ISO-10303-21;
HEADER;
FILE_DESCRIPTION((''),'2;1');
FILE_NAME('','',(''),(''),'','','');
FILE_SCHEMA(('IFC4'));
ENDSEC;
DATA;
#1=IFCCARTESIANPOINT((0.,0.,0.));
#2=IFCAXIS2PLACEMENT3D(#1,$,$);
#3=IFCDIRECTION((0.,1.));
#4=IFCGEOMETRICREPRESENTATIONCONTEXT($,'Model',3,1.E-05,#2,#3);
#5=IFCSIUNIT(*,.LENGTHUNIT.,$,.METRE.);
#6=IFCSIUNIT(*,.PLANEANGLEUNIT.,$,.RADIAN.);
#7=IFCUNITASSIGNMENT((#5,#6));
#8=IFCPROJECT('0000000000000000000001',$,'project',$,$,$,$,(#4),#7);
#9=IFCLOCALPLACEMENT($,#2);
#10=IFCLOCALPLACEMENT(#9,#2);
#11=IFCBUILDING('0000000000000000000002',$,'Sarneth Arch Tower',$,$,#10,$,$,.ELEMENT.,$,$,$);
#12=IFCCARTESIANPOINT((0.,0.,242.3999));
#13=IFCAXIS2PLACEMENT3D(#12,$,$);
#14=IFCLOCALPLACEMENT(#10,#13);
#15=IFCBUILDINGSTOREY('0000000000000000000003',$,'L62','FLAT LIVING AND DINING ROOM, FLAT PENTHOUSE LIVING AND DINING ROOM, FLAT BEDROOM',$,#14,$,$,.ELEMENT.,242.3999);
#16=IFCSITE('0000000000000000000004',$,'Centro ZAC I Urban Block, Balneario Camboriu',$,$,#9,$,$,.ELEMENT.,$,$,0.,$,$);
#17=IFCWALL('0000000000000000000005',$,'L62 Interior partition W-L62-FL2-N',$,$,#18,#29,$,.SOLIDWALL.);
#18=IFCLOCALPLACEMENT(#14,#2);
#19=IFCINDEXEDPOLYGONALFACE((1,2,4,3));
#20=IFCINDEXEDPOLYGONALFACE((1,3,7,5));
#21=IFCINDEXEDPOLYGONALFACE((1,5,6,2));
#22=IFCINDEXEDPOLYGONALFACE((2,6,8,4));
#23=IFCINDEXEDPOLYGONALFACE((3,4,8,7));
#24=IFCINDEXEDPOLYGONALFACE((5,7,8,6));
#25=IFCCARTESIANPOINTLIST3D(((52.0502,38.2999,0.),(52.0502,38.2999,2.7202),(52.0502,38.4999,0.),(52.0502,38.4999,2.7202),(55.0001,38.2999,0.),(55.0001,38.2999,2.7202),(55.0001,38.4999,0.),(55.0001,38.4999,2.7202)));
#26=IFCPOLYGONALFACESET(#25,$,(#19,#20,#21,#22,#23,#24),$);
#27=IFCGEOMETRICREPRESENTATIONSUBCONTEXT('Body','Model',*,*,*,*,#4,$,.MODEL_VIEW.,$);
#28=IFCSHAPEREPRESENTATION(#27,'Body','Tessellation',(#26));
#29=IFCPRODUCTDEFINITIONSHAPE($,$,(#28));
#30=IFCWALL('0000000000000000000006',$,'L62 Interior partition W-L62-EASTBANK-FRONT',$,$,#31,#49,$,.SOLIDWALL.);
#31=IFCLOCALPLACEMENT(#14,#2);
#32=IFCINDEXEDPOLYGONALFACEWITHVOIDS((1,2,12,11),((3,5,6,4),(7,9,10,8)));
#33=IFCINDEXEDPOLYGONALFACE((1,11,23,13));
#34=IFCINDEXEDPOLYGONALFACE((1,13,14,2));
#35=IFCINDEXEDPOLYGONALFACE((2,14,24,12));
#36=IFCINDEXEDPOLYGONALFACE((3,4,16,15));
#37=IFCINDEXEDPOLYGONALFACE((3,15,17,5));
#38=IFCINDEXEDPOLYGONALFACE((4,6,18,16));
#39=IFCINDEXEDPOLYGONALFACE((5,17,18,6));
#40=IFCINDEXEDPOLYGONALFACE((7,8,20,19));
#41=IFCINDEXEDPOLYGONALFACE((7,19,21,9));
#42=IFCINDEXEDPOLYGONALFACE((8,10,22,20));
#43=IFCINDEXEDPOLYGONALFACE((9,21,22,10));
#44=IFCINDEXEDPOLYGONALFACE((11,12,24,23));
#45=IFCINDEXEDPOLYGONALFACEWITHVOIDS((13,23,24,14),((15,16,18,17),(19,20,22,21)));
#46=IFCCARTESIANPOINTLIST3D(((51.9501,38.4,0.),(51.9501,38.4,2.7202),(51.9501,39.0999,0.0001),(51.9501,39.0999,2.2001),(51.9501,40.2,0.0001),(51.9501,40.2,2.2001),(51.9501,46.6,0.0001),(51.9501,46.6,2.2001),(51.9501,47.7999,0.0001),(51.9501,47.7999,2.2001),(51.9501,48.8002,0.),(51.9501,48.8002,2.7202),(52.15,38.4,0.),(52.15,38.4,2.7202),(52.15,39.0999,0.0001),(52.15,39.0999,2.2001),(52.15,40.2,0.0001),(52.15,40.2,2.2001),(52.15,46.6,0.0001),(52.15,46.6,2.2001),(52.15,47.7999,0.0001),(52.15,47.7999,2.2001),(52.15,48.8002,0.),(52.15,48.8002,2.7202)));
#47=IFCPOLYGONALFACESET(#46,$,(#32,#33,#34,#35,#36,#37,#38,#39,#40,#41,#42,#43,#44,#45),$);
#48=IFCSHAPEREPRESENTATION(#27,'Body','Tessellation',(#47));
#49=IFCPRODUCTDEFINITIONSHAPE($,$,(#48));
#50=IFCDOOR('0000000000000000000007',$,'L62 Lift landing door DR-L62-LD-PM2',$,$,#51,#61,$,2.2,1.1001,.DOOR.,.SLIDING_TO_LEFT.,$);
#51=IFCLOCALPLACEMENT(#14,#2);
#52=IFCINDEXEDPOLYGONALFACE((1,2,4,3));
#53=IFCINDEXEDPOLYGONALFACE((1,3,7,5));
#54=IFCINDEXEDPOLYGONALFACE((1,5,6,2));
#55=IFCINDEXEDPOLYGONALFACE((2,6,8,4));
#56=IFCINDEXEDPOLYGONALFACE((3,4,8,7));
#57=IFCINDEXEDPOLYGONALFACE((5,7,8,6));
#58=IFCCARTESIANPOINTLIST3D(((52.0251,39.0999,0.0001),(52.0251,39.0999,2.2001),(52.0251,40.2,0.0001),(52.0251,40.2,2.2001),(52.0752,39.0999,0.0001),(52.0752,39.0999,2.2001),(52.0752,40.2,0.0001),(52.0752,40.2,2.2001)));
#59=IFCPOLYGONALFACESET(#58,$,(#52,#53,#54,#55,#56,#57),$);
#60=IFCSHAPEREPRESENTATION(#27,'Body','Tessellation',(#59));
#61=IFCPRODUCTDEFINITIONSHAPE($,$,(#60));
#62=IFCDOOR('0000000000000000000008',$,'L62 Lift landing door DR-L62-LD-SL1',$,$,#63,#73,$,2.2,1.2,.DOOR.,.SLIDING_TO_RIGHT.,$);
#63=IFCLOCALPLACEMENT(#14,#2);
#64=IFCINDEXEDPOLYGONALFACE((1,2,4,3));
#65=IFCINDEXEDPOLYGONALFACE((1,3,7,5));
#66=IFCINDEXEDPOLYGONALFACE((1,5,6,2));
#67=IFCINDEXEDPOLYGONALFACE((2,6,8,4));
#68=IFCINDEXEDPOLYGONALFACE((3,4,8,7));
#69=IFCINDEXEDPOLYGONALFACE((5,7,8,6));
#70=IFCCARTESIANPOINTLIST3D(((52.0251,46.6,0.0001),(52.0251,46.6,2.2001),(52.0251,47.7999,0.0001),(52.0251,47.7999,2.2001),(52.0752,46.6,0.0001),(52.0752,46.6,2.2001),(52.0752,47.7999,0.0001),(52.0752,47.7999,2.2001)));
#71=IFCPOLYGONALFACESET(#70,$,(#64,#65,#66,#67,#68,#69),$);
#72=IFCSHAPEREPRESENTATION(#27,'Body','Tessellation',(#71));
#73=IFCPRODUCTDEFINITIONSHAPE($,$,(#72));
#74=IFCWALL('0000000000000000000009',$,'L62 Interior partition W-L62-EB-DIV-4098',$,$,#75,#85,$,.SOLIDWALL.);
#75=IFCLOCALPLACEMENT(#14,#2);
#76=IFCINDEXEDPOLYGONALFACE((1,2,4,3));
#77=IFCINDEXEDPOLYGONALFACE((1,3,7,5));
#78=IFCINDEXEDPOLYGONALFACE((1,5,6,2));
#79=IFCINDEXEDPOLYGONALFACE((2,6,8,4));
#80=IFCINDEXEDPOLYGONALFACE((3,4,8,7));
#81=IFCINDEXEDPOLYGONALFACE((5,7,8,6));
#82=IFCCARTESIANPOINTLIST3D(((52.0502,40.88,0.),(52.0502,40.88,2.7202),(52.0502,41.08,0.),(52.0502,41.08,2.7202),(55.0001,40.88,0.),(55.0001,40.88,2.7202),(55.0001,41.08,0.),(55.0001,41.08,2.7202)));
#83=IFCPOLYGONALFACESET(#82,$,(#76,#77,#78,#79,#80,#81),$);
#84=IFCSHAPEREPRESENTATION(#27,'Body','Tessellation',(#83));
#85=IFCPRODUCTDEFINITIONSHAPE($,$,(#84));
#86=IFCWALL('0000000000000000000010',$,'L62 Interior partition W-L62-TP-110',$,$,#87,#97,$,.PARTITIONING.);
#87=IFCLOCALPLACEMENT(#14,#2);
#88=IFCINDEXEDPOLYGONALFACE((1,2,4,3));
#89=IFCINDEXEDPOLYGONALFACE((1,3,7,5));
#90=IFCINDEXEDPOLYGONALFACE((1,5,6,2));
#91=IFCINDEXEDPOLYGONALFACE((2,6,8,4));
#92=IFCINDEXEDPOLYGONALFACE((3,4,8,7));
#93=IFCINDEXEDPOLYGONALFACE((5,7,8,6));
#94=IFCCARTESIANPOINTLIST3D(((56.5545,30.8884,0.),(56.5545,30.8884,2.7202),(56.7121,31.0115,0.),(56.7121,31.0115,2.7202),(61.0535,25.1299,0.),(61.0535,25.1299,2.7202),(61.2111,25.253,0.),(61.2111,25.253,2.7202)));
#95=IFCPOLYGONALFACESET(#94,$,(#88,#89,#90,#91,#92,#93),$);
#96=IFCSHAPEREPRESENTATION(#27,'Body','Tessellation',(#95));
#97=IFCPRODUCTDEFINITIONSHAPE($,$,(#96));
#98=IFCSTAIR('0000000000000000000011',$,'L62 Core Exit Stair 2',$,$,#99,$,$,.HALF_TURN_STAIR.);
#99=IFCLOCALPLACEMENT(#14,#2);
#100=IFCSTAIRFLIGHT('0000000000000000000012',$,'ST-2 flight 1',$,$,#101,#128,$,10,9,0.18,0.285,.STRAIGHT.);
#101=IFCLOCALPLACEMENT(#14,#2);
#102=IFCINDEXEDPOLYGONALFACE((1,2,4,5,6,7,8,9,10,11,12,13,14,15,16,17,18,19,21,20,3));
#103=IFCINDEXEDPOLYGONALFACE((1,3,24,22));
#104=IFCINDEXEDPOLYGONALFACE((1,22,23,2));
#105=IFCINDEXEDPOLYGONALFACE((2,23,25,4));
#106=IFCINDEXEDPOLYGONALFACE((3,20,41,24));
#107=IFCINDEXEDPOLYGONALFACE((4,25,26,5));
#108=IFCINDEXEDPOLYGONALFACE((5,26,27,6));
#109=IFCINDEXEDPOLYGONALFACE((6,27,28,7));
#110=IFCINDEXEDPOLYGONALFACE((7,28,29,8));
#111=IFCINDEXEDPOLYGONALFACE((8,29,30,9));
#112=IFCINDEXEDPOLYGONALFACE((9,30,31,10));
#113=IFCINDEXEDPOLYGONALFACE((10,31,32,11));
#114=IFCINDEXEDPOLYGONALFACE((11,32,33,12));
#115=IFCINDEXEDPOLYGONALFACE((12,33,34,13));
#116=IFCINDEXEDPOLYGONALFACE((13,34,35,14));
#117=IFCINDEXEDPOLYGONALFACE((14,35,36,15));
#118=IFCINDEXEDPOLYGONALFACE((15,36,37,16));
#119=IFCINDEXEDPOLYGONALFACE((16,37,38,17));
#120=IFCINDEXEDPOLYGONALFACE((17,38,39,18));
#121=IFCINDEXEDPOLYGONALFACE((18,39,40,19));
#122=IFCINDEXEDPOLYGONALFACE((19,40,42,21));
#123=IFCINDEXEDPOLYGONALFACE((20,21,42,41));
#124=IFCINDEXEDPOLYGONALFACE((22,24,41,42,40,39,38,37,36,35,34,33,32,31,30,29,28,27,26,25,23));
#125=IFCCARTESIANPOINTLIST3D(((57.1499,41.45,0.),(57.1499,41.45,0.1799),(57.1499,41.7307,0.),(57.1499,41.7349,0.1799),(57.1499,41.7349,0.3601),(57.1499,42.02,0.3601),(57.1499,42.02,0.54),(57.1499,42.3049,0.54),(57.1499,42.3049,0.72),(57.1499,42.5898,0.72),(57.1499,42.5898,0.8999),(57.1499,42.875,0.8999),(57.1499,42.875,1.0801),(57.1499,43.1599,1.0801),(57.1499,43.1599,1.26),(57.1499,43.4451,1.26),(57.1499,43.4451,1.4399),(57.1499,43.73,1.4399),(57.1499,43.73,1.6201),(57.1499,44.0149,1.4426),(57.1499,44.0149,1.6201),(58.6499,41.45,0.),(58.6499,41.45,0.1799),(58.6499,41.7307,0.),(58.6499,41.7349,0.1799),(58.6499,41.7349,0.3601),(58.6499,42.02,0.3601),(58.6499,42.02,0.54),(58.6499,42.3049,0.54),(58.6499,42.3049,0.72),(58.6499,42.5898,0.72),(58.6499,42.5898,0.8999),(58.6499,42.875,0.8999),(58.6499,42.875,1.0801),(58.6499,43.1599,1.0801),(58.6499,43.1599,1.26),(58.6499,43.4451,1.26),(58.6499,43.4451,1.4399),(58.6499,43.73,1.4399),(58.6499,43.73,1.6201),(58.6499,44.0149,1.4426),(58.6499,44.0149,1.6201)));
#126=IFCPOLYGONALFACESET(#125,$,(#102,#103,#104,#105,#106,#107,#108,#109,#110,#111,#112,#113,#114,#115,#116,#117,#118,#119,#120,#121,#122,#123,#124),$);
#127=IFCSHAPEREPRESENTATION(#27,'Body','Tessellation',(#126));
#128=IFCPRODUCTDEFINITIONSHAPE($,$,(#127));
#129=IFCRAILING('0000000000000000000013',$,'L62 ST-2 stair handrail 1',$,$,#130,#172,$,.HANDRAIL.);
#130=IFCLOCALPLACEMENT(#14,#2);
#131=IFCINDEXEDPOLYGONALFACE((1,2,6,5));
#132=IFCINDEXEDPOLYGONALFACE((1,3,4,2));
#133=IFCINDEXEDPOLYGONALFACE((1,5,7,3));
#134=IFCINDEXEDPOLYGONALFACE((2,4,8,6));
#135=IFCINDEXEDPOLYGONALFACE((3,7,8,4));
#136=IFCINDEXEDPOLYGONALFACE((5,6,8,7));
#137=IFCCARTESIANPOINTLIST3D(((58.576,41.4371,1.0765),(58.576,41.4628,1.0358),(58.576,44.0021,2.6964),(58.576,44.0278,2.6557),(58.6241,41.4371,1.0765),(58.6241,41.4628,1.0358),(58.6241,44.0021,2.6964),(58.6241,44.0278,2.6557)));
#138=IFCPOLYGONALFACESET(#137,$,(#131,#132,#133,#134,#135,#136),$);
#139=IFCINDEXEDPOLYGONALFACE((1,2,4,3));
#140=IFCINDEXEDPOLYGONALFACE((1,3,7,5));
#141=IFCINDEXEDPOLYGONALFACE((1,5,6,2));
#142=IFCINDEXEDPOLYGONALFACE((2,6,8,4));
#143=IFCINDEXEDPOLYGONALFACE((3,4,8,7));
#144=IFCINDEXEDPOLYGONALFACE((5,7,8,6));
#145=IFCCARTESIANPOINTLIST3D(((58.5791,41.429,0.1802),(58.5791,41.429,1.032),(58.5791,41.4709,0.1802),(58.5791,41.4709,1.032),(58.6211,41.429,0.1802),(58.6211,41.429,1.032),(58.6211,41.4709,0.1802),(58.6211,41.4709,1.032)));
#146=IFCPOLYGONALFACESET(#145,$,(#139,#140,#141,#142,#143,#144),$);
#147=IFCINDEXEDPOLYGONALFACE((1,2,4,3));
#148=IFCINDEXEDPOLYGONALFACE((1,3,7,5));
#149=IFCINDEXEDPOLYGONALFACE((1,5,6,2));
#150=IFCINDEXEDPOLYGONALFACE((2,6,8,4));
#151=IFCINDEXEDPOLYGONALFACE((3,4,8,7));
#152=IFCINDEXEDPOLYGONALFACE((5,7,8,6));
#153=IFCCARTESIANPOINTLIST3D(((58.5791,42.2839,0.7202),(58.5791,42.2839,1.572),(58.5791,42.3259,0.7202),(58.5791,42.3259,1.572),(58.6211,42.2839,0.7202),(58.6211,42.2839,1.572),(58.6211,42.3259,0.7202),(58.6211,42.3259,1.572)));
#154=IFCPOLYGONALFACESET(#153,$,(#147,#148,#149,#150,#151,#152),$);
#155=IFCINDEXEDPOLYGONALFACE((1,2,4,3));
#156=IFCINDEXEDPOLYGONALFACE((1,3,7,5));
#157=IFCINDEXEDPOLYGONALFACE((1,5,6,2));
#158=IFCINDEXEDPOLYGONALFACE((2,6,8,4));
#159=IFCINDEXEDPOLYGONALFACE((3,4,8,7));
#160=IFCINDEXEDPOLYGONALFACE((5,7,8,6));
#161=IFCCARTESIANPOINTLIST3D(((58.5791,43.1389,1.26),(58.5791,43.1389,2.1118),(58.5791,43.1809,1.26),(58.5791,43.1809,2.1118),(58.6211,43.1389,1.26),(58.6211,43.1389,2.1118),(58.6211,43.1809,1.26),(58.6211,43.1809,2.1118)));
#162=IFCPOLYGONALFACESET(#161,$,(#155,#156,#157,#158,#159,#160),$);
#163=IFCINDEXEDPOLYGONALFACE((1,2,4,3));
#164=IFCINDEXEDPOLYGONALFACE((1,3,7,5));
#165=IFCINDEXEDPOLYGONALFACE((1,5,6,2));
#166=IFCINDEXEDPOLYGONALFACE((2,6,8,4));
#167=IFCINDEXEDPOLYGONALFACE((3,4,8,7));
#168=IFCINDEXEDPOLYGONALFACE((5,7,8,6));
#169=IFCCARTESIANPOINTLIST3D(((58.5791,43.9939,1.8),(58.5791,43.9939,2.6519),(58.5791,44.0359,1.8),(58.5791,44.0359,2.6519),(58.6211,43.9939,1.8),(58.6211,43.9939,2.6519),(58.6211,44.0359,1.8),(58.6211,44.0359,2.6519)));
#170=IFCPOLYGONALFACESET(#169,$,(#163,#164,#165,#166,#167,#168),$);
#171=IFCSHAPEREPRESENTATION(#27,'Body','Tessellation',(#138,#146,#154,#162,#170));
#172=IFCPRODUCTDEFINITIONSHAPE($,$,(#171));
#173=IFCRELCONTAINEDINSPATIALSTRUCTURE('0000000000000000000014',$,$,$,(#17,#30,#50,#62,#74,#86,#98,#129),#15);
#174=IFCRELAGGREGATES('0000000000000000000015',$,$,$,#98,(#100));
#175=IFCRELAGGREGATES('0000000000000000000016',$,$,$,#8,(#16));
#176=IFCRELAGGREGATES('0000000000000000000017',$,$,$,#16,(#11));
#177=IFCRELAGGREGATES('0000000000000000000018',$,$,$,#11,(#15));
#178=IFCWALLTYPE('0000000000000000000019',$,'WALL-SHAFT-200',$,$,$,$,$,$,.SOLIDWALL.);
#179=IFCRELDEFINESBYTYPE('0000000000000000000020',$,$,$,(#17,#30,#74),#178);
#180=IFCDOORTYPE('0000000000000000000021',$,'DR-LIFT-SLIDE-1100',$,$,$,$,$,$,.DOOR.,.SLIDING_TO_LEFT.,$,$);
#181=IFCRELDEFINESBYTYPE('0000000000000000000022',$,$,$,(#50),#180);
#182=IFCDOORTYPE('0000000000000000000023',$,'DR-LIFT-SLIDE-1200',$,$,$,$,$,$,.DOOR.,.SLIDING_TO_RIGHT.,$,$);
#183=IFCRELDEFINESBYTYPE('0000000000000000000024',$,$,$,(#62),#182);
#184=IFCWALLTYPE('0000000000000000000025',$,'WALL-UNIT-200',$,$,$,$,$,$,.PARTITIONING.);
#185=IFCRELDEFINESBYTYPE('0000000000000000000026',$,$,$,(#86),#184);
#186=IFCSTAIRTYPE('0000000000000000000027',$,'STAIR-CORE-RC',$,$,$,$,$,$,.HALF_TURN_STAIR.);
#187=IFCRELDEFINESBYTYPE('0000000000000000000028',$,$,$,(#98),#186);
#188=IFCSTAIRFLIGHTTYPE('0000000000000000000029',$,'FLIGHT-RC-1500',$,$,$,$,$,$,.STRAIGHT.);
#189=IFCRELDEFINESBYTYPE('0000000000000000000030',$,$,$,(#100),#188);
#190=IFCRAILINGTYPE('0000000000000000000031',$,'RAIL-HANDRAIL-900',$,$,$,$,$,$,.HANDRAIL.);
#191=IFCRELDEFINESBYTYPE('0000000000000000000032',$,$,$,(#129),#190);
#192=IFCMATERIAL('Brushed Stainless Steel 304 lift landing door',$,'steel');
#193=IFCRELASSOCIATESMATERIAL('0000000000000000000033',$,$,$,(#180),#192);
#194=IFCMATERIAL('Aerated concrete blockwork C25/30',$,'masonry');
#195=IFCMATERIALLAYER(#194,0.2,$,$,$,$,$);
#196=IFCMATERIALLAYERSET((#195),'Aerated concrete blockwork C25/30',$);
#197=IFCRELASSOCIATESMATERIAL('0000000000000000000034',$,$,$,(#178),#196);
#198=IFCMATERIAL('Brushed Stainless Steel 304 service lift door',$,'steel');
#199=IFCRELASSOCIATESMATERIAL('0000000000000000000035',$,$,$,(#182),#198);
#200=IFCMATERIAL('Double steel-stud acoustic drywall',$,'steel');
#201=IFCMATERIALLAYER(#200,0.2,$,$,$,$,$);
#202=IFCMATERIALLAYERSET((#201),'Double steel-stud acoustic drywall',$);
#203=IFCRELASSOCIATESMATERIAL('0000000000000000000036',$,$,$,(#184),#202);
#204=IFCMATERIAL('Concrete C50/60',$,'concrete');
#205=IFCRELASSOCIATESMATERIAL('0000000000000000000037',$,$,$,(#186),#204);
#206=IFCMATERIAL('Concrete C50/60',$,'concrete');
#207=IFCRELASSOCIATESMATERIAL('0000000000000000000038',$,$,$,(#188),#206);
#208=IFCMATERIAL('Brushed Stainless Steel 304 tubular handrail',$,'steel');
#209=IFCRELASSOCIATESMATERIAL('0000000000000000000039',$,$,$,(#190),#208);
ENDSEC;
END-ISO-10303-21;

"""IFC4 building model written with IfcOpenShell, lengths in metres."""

from ifc_helpers import new_model, si_unit, direction, frame, frame_2d, origin, origin_2d, place, context, subcontext, project, spatial, polyline, rectangle, outline, extrude, material, layer, layer_set, type_object, element, fill, aggregate, save


model = new_model("IFC4")

# Units and contexts
model_context = context("Model", 3, precision=1e-05, world=origin(), true_north=direction((0.0, 1.0)))
body_context = subcontext(model_context, "Body", "Model", "MODEL_VIEW")
ifc_project = project(units=[si_unit("LENGTHUNIT", "METRE"), si_unit("PLANEANGLEUNIT", "RADIAN")], contexts=[model_context])

# Site, building, storey
site_placement = place(None, origin())
site = spatial("IfcSite", under=ifc_project, at=site_placement, Name="Centro ZAC I Urban Block, Balneario Camboriu", CompositionType="ELEMENT", RefElevation=0.0)
building_placement = place(site_placement, origin())
building = spatial("IfcBuilding", under=site, at=building_placement, Name="Sarneth Arch Tower", CompositionType="ELEMENT")
storey_placement = place(building_placement, frame((0.0, 0.0, 242.3999)))
storey = spatial("IfcBuildingStorey", under=building, at=storey_placement, Name="L62", Description="FLAT LIVING AND DINING ROOM, FLAT PENTHOUSE LIVING AND DINING ROOM, FLAT BEDROOM", CompositionType="ELEMENT", Elevation=242.3999)

# Shared definitions
ifc_material_1 = material(Name="Brushed Stainless Steel 304 lift landing door", Category="steel")
door_type_1 = type_object("IfcDoorType", Name="DR-LIFT-SLIDE-1100", OperationType="SLIDING_TO_LEFT", PredefinedType="DOOR", material=ifc_material_1)

# Shared definitions
ifc_material_2 = material(Name="Aerated concrete blockwork C25/30", Category="masonry")
ifc_layer_1 = layer(ifc_material_2, 0.2)
ifc_layer_set_1 = layer_set([ifc_layer_1], Name="Aerated concrete blockwork C25/30")
wall_type_1 = type_object("IfcWallType", Name="WALL-SHAFT-200", PredefinedType="SOLIDWALL", material=ifc_layer_set_1)

# Wall
wall_1_placement = place(storey_placement, frame((52.05, 38.3999, 0.0), z_axis=(0.0, 0.0, 1.0), x_axis=(1.0, 0.0, 0.0)))
element("IfcWall", 1, at=wall_1_placement, inside=storey, type_object=wall_type_1, Name="L62 Interior partition W-L62-FL2-N", PredefinedType="SOLIDWALL", context=body_context, shape_type="SweptSolid", body=[
    extrude(rectangle(XDim=2.95, YDim=0.2, at=frame_2d((1.4751, 0.0))), origin(), (0.0, 0.0, 1.0), 2.7202),
])

# Wall, openings, doors
wall_2_placement = place(storey_placement, frame((52.05, 38.3999, 0.0), z_axis=(0.0, 0.0, 1.0), x_axis=(0.0, 1.0, 0.0)))
wall_2 = element("IfcWall", 2, at=wall_2_placement, inside=storey, type_object=wall_type_1, Name="L62 Interior partition W-L62-EASTBANK-FRONT", PredefinedType="SOLIDWALL", context=body_context, shape_type="SweptSolid", body=[
    extrude(rectangle(XDim=10.4001, YDim=0.2, at=frame_2d((5.2002, 0.0))), origin(), (0.0, 0.0, 1.0), 2.7202),
])
opening_1_placement = place(wall_2_placement, frame((0.7, 0.0, 0.0)))
opening_1 = element("IfcOpeningElement", 3, at=opening_1_placement, cuts=wall_2, PredefinedType="OPENING", context=body_context, shape_type="SweptSolid", body=[
    extrude(rectangle(XDim=1.1001, YDim=2.2, at=frame_2d((0.55, 1.1001))), frame((0.0, 0.1099, 0.0), z_axis=(0.0, -1.0, 0.0), x_axis=(1.0, 0.0, 0.0)), (0.0, 0.0, 1.0), 0.22),
])
opening_2_placement = place(wall_2_placement, frame((8.2, 0.0, 0.0)))
opening_2 = element("IfcOpeningElement", 4, at=opening_2_placement, cuts=wall_2, PredefinedType="OPENING", context=body_context, shape_type="SweptSolid", body=[
    extrude(rectangle(XDim=1.2, YDim=2.2, at=frame_2d((0.6001, 1.1001))), frame((0.0, 0.1099, 0.0), z_axis=(0.0, -1.0, 0.0), x_axis=(1.0, 0.0, 0.0)), (0.0, 0.0, 1.0), 0.22),
])
door_1_placement = place(opening_1_placement, origin())
door_1 = element("IfcDoor", 5, at=door_1_placement, inside=storey, type_object=door_type_1, Name="L62 Lift landing door DR-L62-LD-PM2", OperationType="SLIDING_TO_LEFT", OverallHeight=2.2, OverallWidth=1.1001, PredefinedType="DOOR", context=body_context, shape_type="SweptSolid", body=[
    extrude(rectangle(XDim=1.1001, YDim=2.2, at=frame_2d((0.55, 1.1001))), frame((0.0, 0.0249, 0.0), z_axis=(0.0, -1.0, 0.0), x_axis=(1.0, 0.0, 0.0)), (0.0, 0.0, 1.0), 0.05),
])
fill(opening_1, door_1)
ifc_material_3 = material(Name="Brushed Stainless Steel 304 service lift door", Category="steel")
door_type_2 = type_object("IfcDoorType", Name="DR-LIFT-SLIDE-1200", OperationType="SLIDING_TO_RIGHT", PredefinedType="DOOR", material=ifc_material_3)
door_2_placement = place(opening_2_placement, origin())
door_2 = element("IfcDoor", 6, at=door_2_placement, inside=storey, type_object=door_type_2, Name="L62 Lift landing door DR-L62-LD-SL1", OperationType="SLIDING_TO_RIGHT", OverallHeight=2.2, OverallWidth=1.2, PredefinedType="DOOR", context=body_context, shape_type="SweptSolid", body=[
    extrude(rectangle(XDim=1.2, YDim=2.2, at=frame_2d((0.6001, 1.1001))), frame((0.0, 0.0249, 0.0), z_axis=(0.0, -1.0, 0.0), x_axis=(1.0, 0.0, 0.0)), (0.0, 0.0, 1.0), 0.05),
])
fill(opening_2, door_2)

# Walls
wall_3_placement = place(storey_placement, frame((52.05, 40.98, 0.0), z_axis=(0.0, 0.0, 1.0), x_axis=(1.0, 0.0, 0.0)))
element("IfcWall", 7, at=wall_3_placement, inside=storey, type_object=wall_type_1, Name="L62 Interior partition W-L62-EB-DIV-4098", PredefinedType="SOLIDWALL", context=body_context, shape_type="SweptSolid", body=[
    extrude(rectangle(XDim=2.95, YDim=0.2, at=frame_2d((1.4751, 0.0))), origin(), (0.0, 0.0, 1.0), 2.7202),
])
ifc_material_4 = material(Name="Double steel-stud acoustic drywall", Category="steel")
ifc_layer_2 = layer(ifc_material_4, 0.2)
ifc_layer_set_2 = layer_set([ifc_layer_2], Name="Double steel-stud acoustic drywall")
wall_type_2 = type_object("IfcWallType", Name="WALL-UNIT-200", PredefinedType="PARTITIONING", material=ifc_layer_set_2)
wall_4_placement = place(storey_placement, frame((56.6333, 30.95, 0.0), z_axis=(0.0, 0.0, 1.0), x_axis=(0.615658, -0.788014, 0.0)))
element("IfcWall", 8, at=wall_4_placement, inside=storey, type_object=wall_type_2, Name="L62 Interior partition W-L62-TP-110", PredefinedType="PARTITIONING", context=body_context, shape_type="SweptSolid", body=[
    extrude(rectangle(XDim=7.3076, YDim=0.2, at=frame_2d((3.6538, 0.0))), origin(), (0.0, 0.0, 1.0), 2.7202),
])

# Stair, stair flight
ifc_material_5 = material(Name="Concrete C50/60", Category="concrete")
stair_type = type_object("IfcStairType", Name="STAIR-CORE-RC", PredefinedType="HALF_TURN_STAIR", material=ifc_material_5)
stair_placement = place(storey_placement, origin())
stair = element("IfcStair", 9, at=stair_placement, inside=storey, type_object=stair_type, Name="L62 Core Exit Stair 2", PredefinedType="HALF_TURN_STAIR")
ifc_material_6 = material(Name="Concrete C50/60", Category="concrete")
stair_flight_type = type_object("IfcStairFlightType", Name="FLIGHT-RC-1500", PredefinedType="STRAIGHT", material=ifc_material_6)
stair_flight_placement = place(storey_placement, frame((57.8999, 41.45, 0.0), z_axis=(0.0, 0.0, 1.0), x_axis=(0.0, 1.0, 0.0)))
stair_flight = element("IfcStairFlight", 10, at=stair_flight_placement, type_object=stair_flight_type, Name="ST-2 flight 1", NumberOfRisers=10, NumberOfTreads=9, PredefinedType="STRAIGHT", RiserHeight=0.18, TreadLength=0.285, context=body_context, shape_type="SweptSolid", body=[
    extrude(outline(polyline([(0.0, 0.0), (0.0, 0.1799), (0.2849, 0.1799), (0.2849, 0.3601), (0.5701, 0.3601), (0.5701, 0.54), (0.855, 0.54), (0.855, 0.72), (1.1399, 0.72), (1.1399, 0.8999), (1.425, 0.8999), (1.425, 1.0801), (1.71, 1.0801), (1.71, 1.26), (1.9951, 1.26), (1.9951, 1.4399), (2.28, 1.4399), (2.28, 1.6201), (2.5649, 1.6201), (2.5649, 1.8), (2.5649, 1.4426), (0.2808, 0.0), (0.0, 0.0)])), frame((0.0, 0.75, 0.0), z_axis=(0.0, -1.0, 0.0), x_axis=(1.0, 0.0, 0.0)), (0.0, 0.0, 1.0), 1.5),
])
aggregate(stair, [stair_flight])

# Railing
ifc_material_7 = material(Name="Brushed Stainless Steel 304 tubular handrail", Category="steel")
railing_type_1 = type_object("IfcRailingType", Name="RAIL-HANDRAIL-900", PredefinedType="HANDRAIL", material=ifc_material_7)
railing_1_placement = place(storey_placement, frame((58.6001, 41.45, 0.1802)))
element("IfcRailing", 11, at=railing_1_placement, inside=storey, type_object=railing_type_1, Name="L62 ST-2 stair handrail 1", PredefinedType="HANDRAIL", context=body_context, shape_type="SweptSolid", body=[
    extrude(rectangle(XDim=0.0481, YDim=0.0481, at=origin_2d()), frame((0.0, 0.0, 0.876), z_axis=(0.0, 0.845502, 0.533972), x_axis=(-1.0, 0.0, 0.0)), (0.0, 0.0, 1.0), 3.0337),
    extrude(rectangle(XDim=0.042, YDim=0.042, at=origin_2d()), origin(), (0.0, 0.0, 1.0), 0.8518),
    extrude(rectangle(XDim=0.042, YDim=0.042, at=origin_2d()), frame((0.0, 0.855, 0.54)), (0.0, 0.0, 1.0), 0.8518),
    extrude(rectangle(XDim=0.042, YDim=0.042, at=origin_2d()), frame((0.0, 1.71, 1.0798)), (0.0, 0.0, 1.0), 0.8518),
    extrude(rectangle(XDim=0.042, YDim=0.042, at=origin_2d()), frame((0.0, 2.5649, 1.6199)), (0.0, 0.0, 1.0), 0.8518),
])

save(model, "model.ifc")
